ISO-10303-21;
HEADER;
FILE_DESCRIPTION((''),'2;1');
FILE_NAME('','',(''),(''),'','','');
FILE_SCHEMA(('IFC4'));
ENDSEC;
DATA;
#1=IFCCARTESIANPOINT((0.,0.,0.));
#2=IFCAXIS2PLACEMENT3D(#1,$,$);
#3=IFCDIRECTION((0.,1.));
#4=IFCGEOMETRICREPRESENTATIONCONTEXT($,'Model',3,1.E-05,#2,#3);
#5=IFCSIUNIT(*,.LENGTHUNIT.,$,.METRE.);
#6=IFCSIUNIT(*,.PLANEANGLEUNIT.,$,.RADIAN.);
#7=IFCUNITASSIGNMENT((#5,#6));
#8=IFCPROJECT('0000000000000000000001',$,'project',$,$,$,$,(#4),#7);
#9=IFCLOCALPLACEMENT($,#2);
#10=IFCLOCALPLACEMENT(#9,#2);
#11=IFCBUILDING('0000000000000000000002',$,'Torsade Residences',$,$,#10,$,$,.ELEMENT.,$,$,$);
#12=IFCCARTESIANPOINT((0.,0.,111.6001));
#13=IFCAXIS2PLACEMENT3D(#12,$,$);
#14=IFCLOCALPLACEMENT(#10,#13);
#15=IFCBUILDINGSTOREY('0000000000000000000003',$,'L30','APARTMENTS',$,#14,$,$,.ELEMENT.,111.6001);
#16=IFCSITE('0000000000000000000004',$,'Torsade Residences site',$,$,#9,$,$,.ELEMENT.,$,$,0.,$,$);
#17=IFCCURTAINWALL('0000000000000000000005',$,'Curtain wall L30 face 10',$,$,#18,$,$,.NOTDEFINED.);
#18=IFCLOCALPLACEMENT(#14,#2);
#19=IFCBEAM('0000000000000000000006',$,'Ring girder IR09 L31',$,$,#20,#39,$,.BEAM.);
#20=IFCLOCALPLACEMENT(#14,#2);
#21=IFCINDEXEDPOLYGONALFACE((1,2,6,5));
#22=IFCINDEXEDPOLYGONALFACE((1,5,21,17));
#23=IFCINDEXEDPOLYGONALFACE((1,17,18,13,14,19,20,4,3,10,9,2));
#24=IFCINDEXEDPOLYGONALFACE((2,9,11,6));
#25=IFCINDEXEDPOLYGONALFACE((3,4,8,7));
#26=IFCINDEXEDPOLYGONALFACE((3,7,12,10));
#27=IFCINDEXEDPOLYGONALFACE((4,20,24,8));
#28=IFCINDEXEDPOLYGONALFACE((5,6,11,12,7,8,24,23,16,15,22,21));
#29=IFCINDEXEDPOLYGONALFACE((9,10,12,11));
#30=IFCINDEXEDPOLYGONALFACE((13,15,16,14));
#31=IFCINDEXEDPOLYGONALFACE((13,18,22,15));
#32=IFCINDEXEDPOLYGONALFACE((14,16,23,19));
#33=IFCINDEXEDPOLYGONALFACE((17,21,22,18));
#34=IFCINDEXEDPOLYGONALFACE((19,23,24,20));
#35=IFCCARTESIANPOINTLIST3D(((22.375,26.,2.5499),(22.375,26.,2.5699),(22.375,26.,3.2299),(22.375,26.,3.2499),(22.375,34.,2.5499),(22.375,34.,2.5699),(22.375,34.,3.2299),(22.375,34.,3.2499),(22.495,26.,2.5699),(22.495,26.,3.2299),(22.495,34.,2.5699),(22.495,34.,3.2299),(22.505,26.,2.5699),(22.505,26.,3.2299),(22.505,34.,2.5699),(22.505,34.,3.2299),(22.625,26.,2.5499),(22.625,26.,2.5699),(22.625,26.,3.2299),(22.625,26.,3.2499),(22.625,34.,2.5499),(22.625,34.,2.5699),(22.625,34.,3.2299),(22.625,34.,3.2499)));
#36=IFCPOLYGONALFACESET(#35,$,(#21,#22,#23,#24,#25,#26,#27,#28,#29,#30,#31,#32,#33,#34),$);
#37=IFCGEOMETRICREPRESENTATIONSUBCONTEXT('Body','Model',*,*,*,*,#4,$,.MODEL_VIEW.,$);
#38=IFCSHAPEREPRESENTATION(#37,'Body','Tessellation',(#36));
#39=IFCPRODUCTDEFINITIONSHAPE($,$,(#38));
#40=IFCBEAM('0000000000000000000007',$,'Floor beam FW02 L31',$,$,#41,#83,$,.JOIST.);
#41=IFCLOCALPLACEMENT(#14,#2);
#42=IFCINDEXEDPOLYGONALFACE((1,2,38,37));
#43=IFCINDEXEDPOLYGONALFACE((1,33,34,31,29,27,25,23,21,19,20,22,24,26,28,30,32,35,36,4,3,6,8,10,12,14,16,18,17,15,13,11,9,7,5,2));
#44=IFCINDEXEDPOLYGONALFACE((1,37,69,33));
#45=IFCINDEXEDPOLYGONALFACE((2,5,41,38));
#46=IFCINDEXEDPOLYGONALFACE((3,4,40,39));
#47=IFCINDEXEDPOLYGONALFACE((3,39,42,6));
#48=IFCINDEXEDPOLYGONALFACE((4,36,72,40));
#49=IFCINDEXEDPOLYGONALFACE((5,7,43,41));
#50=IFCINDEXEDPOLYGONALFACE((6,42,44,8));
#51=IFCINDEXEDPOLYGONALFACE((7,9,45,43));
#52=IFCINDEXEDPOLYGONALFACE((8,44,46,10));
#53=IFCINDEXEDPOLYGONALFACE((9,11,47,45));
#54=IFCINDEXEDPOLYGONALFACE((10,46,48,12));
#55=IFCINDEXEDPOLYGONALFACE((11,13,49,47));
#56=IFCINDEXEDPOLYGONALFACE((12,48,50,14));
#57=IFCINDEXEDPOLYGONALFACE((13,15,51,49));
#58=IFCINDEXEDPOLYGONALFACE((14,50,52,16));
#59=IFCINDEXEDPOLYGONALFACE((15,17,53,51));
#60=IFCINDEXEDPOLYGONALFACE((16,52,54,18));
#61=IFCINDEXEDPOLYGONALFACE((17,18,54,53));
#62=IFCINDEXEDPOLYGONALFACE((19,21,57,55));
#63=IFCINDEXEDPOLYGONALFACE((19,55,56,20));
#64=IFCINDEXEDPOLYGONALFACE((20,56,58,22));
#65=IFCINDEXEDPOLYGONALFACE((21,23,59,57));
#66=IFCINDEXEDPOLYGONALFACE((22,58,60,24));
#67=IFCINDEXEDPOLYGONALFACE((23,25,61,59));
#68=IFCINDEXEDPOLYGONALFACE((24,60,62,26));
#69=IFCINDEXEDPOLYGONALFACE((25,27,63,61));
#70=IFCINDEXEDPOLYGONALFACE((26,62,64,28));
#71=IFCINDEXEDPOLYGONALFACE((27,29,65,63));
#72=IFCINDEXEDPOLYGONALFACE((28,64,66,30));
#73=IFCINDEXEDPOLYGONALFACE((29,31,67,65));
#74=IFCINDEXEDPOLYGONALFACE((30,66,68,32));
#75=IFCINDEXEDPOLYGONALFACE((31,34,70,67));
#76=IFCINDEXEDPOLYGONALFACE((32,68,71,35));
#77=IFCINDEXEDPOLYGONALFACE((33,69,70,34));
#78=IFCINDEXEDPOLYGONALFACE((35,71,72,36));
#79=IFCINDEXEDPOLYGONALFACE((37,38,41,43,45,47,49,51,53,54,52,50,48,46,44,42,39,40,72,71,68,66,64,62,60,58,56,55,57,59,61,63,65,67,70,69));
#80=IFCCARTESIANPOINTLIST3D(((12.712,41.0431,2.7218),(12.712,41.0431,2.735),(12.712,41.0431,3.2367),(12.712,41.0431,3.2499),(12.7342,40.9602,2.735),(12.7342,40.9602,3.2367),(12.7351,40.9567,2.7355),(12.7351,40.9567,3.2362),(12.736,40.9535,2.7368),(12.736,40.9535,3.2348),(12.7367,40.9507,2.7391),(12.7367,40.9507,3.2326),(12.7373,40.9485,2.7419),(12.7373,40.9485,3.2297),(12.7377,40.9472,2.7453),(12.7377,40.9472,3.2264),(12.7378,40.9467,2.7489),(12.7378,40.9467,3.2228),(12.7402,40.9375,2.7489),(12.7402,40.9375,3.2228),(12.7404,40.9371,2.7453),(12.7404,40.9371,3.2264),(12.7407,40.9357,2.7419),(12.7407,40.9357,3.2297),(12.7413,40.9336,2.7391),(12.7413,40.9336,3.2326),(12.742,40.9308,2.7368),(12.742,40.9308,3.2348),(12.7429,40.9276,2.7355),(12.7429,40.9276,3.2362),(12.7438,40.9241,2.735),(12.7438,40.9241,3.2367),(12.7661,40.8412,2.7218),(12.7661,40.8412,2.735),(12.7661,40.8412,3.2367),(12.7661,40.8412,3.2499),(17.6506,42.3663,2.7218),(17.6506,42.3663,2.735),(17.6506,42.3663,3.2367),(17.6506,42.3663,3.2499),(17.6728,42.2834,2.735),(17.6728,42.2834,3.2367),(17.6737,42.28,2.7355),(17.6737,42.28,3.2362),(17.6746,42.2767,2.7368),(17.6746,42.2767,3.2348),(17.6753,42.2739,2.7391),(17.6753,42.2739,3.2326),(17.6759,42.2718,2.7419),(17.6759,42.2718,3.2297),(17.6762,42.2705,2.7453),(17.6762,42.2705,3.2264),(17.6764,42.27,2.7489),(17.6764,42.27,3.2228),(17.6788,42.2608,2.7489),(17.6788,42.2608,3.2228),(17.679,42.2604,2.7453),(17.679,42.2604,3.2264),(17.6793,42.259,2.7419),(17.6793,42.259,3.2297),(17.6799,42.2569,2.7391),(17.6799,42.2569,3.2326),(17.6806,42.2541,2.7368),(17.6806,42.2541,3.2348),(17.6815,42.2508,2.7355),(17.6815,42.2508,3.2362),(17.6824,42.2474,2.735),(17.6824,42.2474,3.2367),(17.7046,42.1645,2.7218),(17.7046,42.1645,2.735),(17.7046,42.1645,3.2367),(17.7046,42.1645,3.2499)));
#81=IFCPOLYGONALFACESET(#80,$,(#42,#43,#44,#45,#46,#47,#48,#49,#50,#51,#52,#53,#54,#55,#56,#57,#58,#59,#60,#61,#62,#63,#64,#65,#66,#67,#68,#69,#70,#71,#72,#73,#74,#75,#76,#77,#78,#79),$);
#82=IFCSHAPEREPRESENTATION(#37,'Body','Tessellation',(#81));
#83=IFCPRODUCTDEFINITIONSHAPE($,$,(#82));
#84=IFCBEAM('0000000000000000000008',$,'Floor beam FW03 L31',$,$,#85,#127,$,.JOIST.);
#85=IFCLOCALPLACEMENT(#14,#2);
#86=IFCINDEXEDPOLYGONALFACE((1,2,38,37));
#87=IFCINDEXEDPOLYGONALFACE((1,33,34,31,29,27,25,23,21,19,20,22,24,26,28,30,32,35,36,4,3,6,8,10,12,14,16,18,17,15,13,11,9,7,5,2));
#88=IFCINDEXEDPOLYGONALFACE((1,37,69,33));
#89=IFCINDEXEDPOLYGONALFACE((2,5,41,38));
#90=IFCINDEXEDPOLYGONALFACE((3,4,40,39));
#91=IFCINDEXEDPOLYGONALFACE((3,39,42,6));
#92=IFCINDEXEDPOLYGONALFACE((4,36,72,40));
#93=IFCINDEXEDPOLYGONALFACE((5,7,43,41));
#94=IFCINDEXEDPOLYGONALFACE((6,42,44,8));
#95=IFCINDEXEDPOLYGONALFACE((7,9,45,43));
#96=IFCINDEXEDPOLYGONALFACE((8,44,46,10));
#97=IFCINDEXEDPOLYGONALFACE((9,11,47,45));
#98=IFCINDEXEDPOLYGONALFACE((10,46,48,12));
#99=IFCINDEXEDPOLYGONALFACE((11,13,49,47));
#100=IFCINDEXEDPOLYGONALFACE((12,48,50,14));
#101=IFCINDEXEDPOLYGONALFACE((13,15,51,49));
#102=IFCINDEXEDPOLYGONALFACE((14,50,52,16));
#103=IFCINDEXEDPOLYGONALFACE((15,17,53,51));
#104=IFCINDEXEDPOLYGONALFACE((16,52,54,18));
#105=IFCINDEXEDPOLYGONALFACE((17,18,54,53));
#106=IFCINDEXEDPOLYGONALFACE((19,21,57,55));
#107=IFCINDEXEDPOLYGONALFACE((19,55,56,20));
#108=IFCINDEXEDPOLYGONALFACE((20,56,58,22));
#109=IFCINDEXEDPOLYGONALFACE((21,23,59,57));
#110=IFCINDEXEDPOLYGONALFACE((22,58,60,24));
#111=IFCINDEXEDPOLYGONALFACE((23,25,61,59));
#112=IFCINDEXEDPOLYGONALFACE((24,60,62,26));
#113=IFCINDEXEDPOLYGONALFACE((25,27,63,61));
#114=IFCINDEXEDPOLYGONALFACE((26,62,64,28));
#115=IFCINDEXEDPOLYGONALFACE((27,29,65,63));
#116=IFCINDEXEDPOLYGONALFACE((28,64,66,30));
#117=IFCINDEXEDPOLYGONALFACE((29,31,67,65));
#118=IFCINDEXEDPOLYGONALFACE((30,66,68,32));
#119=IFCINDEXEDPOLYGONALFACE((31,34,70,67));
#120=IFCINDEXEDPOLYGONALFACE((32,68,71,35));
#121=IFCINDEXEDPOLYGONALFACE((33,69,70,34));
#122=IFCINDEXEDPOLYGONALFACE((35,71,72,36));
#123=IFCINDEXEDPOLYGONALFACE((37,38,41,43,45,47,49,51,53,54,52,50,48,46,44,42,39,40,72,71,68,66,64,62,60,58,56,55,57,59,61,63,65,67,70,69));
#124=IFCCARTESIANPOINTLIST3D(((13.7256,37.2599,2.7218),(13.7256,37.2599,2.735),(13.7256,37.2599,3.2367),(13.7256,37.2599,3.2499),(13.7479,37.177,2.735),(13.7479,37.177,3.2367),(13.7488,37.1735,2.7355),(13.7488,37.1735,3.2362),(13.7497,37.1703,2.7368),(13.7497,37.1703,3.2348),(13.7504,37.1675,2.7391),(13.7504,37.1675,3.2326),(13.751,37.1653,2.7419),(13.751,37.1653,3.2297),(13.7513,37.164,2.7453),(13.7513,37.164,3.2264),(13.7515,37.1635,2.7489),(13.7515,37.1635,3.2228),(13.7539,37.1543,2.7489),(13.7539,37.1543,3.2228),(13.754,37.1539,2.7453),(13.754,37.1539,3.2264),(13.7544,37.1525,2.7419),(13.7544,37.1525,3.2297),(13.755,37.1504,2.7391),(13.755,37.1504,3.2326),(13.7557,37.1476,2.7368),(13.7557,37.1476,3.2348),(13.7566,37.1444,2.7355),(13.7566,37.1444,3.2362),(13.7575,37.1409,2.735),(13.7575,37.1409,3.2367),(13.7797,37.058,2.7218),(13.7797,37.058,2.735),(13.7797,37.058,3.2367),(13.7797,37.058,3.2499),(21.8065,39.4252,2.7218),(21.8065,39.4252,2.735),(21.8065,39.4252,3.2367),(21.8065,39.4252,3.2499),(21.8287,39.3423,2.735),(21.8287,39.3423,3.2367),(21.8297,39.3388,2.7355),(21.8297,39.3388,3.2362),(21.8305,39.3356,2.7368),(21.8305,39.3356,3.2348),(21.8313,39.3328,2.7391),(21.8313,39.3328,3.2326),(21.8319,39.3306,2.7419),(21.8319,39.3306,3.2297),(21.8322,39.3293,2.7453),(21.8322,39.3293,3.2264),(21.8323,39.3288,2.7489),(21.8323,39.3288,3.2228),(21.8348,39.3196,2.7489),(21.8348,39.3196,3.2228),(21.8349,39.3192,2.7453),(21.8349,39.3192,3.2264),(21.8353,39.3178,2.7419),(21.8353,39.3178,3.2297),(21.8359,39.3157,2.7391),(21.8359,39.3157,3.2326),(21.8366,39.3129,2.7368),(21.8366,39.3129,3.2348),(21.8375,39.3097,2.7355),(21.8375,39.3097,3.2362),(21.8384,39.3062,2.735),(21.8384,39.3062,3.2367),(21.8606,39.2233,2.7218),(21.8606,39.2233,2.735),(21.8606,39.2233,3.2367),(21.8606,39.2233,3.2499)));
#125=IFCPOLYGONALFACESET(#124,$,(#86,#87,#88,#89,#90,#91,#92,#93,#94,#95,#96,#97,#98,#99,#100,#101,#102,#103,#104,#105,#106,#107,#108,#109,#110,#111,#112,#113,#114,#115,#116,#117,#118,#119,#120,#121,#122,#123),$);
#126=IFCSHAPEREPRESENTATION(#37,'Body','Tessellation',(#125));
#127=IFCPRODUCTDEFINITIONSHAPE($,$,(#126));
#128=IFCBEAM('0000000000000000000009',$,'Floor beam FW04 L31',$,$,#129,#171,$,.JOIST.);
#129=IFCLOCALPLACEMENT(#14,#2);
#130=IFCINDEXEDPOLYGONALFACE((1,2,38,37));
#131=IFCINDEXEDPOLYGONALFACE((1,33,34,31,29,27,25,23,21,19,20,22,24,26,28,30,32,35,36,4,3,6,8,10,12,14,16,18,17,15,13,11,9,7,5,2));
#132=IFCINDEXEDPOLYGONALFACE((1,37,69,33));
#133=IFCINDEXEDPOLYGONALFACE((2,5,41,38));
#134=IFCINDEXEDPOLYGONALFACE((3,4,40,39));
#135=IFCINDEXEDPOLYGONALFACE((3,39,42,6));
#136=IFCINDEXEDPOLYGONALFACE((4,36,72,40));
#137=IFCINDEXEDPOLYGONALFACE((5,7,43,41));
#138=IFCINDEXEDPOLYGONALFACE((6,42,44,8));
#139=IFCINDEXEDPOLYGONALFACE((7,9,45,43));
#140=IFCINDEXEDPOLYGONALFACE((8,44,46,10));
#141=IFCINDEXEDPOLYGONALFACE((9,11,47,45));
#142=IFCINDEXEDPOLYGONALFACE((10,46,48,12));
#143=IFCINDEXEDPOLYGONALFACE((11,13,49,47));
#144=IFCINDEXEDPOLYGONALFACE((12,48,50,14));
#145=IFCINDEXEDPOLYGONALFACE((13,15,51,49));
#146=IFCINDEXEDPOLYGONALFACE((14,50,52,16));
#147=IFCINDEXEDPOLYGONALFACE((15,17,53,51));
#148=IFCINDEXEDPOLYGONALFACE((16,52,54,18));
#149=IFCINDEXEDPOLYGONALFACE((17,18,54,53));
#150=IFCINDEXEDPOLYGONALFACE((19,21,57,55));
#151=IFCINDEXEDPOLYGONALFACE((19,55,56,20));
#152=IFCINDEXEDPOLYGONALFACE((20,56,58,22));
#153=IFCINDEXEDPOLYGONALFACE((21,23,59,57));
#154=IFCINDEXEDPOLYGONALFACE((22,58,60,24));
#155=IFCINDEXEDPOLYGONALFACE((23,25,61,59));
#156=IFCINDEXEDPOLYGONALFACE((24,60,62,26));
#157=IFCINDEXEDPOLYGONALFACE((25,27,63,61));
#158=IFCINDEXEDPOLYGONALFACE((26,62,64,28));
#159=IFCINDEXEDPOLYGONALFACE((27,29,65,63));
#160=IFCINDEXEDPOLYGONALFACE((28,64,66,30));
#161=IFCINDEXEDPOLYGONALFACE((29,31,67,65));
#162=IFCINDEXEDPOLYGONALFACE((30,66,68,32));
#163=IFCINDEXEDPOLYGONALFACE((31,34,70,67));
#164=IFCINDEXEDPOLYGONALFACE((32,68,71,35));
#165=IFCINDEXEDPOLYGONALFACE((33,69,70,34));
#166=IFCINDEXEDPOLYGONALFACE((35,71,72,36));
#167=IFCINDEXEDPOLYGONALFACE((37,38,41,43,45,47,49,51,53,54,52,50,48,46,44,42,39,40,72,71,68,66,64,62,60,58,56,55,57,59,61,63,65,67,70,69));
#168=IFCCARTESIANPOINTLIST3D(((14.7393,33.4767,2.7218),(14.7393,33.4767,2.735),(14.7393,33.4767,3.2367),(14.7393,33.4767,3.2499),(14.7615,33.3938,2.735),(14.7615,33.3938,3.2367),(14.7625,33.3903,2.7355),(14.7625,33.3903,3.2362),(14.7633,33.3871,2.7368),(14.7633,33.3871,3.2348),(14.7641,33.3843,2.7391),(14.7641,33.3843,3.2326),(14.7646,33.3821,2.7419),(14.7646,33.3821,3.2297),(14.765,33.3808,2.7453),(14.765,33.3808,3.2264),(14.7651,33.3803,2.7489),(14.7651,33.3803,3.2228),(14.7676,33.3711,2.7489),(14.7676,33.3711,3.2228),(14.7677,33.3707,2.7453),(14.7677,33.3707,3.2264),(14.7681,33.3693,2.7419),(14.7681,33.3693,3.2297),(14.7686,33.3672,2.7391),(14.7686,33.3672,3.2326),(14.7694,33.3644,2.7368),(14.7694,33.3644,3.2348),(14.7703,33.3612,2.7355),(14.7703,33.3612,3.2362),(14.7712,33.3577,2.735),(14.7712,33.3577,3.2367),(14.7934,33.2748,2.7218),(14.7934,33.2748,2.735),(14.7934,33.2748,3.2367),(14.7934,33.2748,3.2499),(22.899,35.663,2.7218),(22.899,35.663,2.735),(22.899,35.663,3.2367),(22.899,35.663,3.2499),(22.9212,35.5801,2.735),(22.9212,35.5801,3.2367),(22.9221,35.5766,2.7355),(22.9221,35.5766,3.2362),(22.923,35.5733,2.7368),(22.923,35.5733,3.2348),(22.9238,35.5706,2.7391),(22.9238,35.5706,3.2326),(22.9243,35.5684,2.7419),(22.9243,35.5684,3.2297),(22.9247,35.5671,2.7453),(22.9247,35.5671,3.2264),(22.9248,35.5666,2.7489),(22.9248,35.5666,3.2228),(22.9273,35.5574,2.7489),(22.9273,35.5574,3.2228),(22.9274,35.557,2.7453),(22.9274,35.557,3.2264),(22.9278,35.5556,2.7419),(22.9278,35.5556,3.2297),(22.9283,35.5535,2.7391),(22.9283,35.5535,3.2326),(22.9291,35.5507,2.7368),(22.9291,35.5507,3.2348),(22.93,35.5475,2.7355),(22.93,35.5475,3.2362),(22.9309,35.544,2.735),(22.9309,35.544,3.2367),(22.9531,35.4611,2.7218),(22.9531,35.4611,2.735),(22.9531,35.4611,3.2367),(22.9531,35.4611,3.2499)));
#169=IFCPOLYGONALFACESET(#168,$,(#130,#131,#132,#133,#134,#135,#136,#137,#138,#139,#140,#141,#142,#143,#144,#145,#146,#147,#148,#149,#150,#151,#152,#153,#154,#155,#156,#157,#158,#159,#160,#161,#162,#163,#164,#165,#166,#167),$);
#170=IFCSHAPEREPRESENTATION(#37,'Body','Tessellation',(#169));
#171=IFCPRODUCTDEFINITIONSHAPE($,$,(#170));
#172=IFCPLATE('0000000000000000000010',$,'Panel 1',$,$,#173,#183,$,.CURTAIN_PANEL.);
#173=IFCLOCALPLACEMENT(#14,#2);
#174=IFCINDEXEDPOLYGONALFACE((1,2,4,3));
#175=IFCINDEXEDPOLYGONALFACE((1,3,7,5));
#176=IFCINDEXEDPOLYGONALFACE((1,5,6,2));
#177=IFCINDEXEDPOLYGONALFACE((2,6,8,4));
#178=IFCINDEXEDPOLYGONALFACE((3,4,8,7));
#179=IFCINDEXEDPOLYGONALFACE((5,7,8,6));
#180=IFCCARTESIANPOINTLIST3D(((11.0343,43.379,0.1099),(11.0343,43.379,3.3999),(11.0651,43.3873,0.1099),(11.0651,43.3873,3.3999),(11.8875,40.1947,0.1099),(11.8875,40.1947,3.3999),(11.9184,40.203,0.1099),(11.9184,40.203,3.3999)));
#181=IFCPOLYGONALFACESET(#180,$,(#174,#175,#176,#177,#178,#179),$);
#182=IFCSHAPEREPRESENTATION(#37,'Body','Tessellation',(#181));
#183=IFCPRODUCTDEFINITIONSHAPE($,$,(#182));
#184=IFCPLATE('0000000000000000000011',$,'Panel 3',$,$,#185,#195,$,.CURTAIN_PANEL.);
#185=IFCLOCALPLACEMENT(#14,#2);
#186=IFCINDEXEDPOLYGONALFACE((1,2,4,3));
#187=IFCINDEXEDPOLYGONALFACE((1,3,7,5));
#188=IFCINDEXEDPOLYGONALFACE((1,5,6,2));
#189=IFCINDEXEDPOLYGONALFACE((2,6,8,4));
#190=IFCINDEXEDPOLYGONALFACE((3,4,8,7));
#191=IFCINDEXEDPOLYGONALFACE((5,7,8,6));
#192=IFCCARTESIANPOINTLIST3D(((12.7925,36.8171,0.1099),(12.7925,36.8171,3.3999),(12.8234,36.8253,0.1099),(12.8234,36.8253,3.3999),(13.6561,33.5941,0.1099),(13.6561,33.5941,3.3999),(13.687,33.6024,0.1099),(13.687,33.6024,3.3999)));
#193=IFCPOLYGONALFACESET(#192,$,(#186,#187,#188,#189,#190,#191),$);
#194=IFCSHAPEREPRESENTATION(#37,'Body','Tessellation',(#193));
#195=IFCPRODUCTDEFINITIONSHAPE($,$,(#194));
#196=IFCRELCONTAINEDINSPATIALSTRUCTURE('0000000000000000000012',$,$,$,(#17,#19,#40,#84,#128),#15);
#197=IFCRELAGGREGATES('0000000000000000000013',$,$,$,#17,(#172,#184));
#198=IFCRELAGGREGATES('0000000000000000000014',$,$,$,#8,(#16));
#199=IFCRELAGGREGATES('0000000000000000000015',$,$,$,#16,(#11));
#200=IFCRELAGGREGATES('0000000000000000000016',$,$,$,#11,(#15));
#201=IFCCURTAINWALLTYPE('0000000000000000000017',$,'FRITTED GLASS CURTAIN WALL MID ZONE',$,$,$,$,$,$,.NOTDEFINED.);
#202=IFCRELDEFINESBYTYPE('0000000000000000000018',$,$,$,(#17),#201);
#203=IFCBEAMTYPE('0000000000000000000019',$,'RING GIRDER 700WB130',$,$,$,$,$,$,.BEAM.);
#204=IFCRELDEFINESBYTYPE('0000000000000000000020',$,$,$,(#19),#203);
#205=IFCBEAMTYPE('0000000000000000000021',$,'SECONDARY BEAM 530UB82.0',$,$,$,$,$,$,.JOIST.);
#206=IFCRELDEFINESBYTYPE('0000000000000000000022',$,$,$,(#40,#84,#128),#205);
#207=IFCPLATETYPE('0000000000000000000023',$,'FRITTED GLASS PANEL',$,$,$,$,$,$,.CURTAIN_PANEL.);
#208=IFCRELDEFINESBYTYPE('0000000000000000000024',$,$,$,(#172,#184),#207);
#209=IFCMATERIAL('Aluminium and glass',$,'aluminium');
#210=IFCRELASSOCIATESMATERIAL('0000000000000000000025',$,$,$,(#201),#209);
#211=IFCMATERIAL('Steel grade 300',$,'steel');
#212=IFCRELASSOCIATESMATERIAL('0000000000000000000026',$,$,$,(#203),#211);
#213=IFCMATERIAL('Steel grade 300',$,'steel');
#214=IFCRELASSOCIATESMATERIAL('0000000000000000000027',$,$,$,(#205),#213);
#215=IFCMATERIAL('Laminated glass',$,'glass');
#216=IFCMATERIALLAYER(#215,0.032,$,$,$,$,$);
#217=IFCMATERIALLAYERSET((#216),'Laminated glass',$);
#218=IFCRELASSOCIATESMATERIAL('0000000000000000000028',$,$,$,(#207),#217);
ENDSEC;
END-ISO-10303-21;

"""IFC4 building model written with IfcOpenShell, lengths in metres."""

from ifc_helpers import new_model, si_unit, direction, frame, origin, origin_2d, place, context, subcontext, project, spatial, rectangle, i_section, extrude, material, layer, layer_set, material_profile, profile_set, type_object, element, aggregate, save


model = new_model("IFC4")

# Units and contexts
model_context = context("Model", 3, precision=1e-05, world=origin(), true_north=direction((0.0, 1.0)))
body_context = subcontext(model_context, "Body", "Model", "MODEL_VIEW")
ifc_project = project(units=[si_unit("LENGTHUNIT", "METRE"), si_unit("PLANEANGLEUNIT", "RADIAN")], contexts=[model_context])

# Site, building, storey
site_placement = place(None, origin())
site = spatial("IfcSite", under=ifc_project, at=site_placement, Name="Torsade Residences site", CompositionType="ELEMENT", RefElevation=0.0)
building_placement = place(site_placement, origin())
building = spatial("IfcBuilding", under=site, at=building_placement, Name="Torsade Residences", CompositionType="ELEMENT")
storey_placement = place(building_placement, frame((0.0, 0.0, 111.6001)))
storey = spatial("IfcBuildingStorey", under=building, at=storey_placement, Name="L30", Description="APARTMENTS", CompositionType="ELEMENT", Elevation=111.6001)

# Curtain wall
ifc_material_1 = material(Name="Aluminium and glass", Category="aluminium")
curtain_wall_type = type_object("IfcCurtainWallType", Name="FRITTED GLASS CURTAIN WALL MID ZONE", PredefinedType="NOTDEFINED", material=ifc_material_1)
curtain_wall_placement = place(storey_placement, origin())
curtain_wall = element("IfcCurtainWall", 1, at=curtain_wall_placement, inside=storey, type_object=curtain_wall_type, Name="Curtain wall L30 face 10", PredefinedType="NOTDEFINED")

# Beams
ifc_material_2 = material(Name="Steel grade 300", Category="steel")
ifc_material_profile_1 = material_profile(ifc_material_2, i_section(OverallWidth=0.25, OverallDepth=0.7, WebThickness=0.01, FlangeThickness=0.02, at=origin_2d()), Name="700WB130")
ifc_profile_set_1 = profile_set([ifc_material_profile_1], Name="Steel grade 300")
beam_type_1 = type_object("IfcBeamType", Name="RING GIRDER 700WB130", PredefinedType="BEAM", material=ifc_profile_set_1)
beam_1_placement = place(storey_placement, frame((22.5, 34.0, 2.8999), z_axis=(0.0, -1.0, 0.0), x_axis=(1.0, 0.0, 0.0)))
element("IfcBeam", 2, at=beam_1_placement, inside=storey, type_object=beam_type_1, Name="Ring girder IR09 L31", PredefinedType="BEAM", context=body_context, shape_type="SweptSolid", body=[
    extrude(i_section(OverallWidth=0.25, OverallDepth=0.7, WebThickness=0.01, FlangeThickness=0.02, at=origin_2d()), origin(), (0.0, 0.0, 1.0), 8.0),
])
ifc_material_3 = material(Name="Steel grade 300", Category="steel")
ifc_material_profile_2 = material_profile(ifc_material_3, i_section(OverallWidth=0.209, OverallDepth=0.5281, WebThickness=0.0095, FlangeThickness=0.0132, FilletRadius=0.0139, at=origin_2d()), Name="530UB82.0")
ifc_profile_set_2 = profile_set([ifc_material_profile_2], Name="Steel grade 300")
beam_type_2 = type_object("IfcBeamType", Name="SECONDARY BEAM 530UB82.0", PredefinedType="JOIST", material=ifc_profile_set_2)
beam_2_placement = place(storey_placement, frame((12.739, 40.9421, 2.9858), z_axis=(0.965927, 0.258816, 0.0), x_axis=(-0.258816, 0.965927, 0.0)))
element("IfcBeam", 3, at=beam_2_placement, inside=storey, type_object=beam_type_2, Name="Floor beam FW02 L31", PredefinedType="JOIST", context=body_context, shape_type="SweptSolid", body=[
    extrude(i_section(OverallWidth=0.209, OverallDepth=0.5281, WebThickness=0.0095, FlangeThickness=0.0132, FilletRadius=0.0139, at=origin_2d()), origin(), (0.0, 0.0, 1.0), 5.1128),
])
beam_3_placement = place(storey_placement, frame((13.7527, 37.1589, 2.9858), z_axis=(0.965925, 0.258823, 0.0), x_axis=(-0.258823, 0.965925, 0.0)))
element("IfcBeam", 4, at=beam_3_placement, inside=storey, type_object=beam_type_2, Name="Floor beam FW03 L31", PredefinedType="JOIST", context=body_context, shape_type="SweptSolid", body=[
    extrude(i_section(OverallWidth=0.209, OverallDepth=0.5281, WebThickness=0.0095, FlangeThickness=0.0132, FilletRadius=0.0139, at=origin_2d()), origin(), (0.0, 0.0, 1.0), 8.366),
])
beam_4_placement = place(storey_placement, frame((14.7664, 33.3757, 2.9858), z_axis=(0.965929, 0.258808, 0.0), x_axis=(-0.258808, 0.965929, 0.0)))
element("IfcBeam", 5, at=beam_4_placement, inside=storey, type_object=beam_type_2, Name="Floor beam FW04 L31", PredefinedType="JOIST", context=body_context, shape_type="SweptSolid", body=[
    extrude(i_section(OverallWidth=0.209, OverallDepth=0.5281, WebThickness=0.0095, FlangeThickness=0.0132, FilletRadius=0.0139, at=origin_2d()), origin(), (0.0, 0.0, 1.0), 8.4475),
])

# Plates
ifc_material_4 = material(Name="Laminated glass", Category="glass")
ifc_layer_1 = layer(ifc_material_4, 0.032)
ifc_layer_set_1 = layer_set([ifc_layer_1], Name="Laminated glass")
plate_type_1 = type_object("IfcPlateType", Name="FRITTED GLASS PANEL", PredefinedType="CURTAIN_PANEL", material=ifc_layer_set_1)
plate_1_placement = place(storey_placement, frame((11.4763, 41.791, 0.1099), z_axis=(0.0, 0.0, 1.0), x_axis=(0.258819, -0.965926, 0.0)))
plate_1 = element("IfcPlate", 6, at=plate_1_placement, type_object=plate_type_1, Name="Panel 1", PredefinedType="CURTAIN_PANEL", context=body_context, shape_type="SweptSolid", body=[
    extrude(rectangle(XDim=3.2966, YDim=0.032, at=origin_2d()), origin(), (0.0, 0.0, 1.0), 3.29),
])
plate_2_placement = place(storey_placement, frame((13.2397, 35.2097, 0.1099), z_axis=(0.0, 0.0, 1.0), x_axis=(0.258819, -0.965926, 0.0)))
plate_2 = element("IfcPlate", 7, at=plate_2_placement, type_object=plate_type_1, Name="Panel 3", PredefinedType="CURTAIN_PANEL", context=body_context, shape_type="SweptSolid", body=[
    extrude(rectangle(XDim=3.3367, YDim=0.032, at=origin_2d()), origin(), (0.0, 0.0, 1.0), 3.29),
])
aggregate(curtain_wall, [plate_1, plate_2])

save(model, "model.ifc")
